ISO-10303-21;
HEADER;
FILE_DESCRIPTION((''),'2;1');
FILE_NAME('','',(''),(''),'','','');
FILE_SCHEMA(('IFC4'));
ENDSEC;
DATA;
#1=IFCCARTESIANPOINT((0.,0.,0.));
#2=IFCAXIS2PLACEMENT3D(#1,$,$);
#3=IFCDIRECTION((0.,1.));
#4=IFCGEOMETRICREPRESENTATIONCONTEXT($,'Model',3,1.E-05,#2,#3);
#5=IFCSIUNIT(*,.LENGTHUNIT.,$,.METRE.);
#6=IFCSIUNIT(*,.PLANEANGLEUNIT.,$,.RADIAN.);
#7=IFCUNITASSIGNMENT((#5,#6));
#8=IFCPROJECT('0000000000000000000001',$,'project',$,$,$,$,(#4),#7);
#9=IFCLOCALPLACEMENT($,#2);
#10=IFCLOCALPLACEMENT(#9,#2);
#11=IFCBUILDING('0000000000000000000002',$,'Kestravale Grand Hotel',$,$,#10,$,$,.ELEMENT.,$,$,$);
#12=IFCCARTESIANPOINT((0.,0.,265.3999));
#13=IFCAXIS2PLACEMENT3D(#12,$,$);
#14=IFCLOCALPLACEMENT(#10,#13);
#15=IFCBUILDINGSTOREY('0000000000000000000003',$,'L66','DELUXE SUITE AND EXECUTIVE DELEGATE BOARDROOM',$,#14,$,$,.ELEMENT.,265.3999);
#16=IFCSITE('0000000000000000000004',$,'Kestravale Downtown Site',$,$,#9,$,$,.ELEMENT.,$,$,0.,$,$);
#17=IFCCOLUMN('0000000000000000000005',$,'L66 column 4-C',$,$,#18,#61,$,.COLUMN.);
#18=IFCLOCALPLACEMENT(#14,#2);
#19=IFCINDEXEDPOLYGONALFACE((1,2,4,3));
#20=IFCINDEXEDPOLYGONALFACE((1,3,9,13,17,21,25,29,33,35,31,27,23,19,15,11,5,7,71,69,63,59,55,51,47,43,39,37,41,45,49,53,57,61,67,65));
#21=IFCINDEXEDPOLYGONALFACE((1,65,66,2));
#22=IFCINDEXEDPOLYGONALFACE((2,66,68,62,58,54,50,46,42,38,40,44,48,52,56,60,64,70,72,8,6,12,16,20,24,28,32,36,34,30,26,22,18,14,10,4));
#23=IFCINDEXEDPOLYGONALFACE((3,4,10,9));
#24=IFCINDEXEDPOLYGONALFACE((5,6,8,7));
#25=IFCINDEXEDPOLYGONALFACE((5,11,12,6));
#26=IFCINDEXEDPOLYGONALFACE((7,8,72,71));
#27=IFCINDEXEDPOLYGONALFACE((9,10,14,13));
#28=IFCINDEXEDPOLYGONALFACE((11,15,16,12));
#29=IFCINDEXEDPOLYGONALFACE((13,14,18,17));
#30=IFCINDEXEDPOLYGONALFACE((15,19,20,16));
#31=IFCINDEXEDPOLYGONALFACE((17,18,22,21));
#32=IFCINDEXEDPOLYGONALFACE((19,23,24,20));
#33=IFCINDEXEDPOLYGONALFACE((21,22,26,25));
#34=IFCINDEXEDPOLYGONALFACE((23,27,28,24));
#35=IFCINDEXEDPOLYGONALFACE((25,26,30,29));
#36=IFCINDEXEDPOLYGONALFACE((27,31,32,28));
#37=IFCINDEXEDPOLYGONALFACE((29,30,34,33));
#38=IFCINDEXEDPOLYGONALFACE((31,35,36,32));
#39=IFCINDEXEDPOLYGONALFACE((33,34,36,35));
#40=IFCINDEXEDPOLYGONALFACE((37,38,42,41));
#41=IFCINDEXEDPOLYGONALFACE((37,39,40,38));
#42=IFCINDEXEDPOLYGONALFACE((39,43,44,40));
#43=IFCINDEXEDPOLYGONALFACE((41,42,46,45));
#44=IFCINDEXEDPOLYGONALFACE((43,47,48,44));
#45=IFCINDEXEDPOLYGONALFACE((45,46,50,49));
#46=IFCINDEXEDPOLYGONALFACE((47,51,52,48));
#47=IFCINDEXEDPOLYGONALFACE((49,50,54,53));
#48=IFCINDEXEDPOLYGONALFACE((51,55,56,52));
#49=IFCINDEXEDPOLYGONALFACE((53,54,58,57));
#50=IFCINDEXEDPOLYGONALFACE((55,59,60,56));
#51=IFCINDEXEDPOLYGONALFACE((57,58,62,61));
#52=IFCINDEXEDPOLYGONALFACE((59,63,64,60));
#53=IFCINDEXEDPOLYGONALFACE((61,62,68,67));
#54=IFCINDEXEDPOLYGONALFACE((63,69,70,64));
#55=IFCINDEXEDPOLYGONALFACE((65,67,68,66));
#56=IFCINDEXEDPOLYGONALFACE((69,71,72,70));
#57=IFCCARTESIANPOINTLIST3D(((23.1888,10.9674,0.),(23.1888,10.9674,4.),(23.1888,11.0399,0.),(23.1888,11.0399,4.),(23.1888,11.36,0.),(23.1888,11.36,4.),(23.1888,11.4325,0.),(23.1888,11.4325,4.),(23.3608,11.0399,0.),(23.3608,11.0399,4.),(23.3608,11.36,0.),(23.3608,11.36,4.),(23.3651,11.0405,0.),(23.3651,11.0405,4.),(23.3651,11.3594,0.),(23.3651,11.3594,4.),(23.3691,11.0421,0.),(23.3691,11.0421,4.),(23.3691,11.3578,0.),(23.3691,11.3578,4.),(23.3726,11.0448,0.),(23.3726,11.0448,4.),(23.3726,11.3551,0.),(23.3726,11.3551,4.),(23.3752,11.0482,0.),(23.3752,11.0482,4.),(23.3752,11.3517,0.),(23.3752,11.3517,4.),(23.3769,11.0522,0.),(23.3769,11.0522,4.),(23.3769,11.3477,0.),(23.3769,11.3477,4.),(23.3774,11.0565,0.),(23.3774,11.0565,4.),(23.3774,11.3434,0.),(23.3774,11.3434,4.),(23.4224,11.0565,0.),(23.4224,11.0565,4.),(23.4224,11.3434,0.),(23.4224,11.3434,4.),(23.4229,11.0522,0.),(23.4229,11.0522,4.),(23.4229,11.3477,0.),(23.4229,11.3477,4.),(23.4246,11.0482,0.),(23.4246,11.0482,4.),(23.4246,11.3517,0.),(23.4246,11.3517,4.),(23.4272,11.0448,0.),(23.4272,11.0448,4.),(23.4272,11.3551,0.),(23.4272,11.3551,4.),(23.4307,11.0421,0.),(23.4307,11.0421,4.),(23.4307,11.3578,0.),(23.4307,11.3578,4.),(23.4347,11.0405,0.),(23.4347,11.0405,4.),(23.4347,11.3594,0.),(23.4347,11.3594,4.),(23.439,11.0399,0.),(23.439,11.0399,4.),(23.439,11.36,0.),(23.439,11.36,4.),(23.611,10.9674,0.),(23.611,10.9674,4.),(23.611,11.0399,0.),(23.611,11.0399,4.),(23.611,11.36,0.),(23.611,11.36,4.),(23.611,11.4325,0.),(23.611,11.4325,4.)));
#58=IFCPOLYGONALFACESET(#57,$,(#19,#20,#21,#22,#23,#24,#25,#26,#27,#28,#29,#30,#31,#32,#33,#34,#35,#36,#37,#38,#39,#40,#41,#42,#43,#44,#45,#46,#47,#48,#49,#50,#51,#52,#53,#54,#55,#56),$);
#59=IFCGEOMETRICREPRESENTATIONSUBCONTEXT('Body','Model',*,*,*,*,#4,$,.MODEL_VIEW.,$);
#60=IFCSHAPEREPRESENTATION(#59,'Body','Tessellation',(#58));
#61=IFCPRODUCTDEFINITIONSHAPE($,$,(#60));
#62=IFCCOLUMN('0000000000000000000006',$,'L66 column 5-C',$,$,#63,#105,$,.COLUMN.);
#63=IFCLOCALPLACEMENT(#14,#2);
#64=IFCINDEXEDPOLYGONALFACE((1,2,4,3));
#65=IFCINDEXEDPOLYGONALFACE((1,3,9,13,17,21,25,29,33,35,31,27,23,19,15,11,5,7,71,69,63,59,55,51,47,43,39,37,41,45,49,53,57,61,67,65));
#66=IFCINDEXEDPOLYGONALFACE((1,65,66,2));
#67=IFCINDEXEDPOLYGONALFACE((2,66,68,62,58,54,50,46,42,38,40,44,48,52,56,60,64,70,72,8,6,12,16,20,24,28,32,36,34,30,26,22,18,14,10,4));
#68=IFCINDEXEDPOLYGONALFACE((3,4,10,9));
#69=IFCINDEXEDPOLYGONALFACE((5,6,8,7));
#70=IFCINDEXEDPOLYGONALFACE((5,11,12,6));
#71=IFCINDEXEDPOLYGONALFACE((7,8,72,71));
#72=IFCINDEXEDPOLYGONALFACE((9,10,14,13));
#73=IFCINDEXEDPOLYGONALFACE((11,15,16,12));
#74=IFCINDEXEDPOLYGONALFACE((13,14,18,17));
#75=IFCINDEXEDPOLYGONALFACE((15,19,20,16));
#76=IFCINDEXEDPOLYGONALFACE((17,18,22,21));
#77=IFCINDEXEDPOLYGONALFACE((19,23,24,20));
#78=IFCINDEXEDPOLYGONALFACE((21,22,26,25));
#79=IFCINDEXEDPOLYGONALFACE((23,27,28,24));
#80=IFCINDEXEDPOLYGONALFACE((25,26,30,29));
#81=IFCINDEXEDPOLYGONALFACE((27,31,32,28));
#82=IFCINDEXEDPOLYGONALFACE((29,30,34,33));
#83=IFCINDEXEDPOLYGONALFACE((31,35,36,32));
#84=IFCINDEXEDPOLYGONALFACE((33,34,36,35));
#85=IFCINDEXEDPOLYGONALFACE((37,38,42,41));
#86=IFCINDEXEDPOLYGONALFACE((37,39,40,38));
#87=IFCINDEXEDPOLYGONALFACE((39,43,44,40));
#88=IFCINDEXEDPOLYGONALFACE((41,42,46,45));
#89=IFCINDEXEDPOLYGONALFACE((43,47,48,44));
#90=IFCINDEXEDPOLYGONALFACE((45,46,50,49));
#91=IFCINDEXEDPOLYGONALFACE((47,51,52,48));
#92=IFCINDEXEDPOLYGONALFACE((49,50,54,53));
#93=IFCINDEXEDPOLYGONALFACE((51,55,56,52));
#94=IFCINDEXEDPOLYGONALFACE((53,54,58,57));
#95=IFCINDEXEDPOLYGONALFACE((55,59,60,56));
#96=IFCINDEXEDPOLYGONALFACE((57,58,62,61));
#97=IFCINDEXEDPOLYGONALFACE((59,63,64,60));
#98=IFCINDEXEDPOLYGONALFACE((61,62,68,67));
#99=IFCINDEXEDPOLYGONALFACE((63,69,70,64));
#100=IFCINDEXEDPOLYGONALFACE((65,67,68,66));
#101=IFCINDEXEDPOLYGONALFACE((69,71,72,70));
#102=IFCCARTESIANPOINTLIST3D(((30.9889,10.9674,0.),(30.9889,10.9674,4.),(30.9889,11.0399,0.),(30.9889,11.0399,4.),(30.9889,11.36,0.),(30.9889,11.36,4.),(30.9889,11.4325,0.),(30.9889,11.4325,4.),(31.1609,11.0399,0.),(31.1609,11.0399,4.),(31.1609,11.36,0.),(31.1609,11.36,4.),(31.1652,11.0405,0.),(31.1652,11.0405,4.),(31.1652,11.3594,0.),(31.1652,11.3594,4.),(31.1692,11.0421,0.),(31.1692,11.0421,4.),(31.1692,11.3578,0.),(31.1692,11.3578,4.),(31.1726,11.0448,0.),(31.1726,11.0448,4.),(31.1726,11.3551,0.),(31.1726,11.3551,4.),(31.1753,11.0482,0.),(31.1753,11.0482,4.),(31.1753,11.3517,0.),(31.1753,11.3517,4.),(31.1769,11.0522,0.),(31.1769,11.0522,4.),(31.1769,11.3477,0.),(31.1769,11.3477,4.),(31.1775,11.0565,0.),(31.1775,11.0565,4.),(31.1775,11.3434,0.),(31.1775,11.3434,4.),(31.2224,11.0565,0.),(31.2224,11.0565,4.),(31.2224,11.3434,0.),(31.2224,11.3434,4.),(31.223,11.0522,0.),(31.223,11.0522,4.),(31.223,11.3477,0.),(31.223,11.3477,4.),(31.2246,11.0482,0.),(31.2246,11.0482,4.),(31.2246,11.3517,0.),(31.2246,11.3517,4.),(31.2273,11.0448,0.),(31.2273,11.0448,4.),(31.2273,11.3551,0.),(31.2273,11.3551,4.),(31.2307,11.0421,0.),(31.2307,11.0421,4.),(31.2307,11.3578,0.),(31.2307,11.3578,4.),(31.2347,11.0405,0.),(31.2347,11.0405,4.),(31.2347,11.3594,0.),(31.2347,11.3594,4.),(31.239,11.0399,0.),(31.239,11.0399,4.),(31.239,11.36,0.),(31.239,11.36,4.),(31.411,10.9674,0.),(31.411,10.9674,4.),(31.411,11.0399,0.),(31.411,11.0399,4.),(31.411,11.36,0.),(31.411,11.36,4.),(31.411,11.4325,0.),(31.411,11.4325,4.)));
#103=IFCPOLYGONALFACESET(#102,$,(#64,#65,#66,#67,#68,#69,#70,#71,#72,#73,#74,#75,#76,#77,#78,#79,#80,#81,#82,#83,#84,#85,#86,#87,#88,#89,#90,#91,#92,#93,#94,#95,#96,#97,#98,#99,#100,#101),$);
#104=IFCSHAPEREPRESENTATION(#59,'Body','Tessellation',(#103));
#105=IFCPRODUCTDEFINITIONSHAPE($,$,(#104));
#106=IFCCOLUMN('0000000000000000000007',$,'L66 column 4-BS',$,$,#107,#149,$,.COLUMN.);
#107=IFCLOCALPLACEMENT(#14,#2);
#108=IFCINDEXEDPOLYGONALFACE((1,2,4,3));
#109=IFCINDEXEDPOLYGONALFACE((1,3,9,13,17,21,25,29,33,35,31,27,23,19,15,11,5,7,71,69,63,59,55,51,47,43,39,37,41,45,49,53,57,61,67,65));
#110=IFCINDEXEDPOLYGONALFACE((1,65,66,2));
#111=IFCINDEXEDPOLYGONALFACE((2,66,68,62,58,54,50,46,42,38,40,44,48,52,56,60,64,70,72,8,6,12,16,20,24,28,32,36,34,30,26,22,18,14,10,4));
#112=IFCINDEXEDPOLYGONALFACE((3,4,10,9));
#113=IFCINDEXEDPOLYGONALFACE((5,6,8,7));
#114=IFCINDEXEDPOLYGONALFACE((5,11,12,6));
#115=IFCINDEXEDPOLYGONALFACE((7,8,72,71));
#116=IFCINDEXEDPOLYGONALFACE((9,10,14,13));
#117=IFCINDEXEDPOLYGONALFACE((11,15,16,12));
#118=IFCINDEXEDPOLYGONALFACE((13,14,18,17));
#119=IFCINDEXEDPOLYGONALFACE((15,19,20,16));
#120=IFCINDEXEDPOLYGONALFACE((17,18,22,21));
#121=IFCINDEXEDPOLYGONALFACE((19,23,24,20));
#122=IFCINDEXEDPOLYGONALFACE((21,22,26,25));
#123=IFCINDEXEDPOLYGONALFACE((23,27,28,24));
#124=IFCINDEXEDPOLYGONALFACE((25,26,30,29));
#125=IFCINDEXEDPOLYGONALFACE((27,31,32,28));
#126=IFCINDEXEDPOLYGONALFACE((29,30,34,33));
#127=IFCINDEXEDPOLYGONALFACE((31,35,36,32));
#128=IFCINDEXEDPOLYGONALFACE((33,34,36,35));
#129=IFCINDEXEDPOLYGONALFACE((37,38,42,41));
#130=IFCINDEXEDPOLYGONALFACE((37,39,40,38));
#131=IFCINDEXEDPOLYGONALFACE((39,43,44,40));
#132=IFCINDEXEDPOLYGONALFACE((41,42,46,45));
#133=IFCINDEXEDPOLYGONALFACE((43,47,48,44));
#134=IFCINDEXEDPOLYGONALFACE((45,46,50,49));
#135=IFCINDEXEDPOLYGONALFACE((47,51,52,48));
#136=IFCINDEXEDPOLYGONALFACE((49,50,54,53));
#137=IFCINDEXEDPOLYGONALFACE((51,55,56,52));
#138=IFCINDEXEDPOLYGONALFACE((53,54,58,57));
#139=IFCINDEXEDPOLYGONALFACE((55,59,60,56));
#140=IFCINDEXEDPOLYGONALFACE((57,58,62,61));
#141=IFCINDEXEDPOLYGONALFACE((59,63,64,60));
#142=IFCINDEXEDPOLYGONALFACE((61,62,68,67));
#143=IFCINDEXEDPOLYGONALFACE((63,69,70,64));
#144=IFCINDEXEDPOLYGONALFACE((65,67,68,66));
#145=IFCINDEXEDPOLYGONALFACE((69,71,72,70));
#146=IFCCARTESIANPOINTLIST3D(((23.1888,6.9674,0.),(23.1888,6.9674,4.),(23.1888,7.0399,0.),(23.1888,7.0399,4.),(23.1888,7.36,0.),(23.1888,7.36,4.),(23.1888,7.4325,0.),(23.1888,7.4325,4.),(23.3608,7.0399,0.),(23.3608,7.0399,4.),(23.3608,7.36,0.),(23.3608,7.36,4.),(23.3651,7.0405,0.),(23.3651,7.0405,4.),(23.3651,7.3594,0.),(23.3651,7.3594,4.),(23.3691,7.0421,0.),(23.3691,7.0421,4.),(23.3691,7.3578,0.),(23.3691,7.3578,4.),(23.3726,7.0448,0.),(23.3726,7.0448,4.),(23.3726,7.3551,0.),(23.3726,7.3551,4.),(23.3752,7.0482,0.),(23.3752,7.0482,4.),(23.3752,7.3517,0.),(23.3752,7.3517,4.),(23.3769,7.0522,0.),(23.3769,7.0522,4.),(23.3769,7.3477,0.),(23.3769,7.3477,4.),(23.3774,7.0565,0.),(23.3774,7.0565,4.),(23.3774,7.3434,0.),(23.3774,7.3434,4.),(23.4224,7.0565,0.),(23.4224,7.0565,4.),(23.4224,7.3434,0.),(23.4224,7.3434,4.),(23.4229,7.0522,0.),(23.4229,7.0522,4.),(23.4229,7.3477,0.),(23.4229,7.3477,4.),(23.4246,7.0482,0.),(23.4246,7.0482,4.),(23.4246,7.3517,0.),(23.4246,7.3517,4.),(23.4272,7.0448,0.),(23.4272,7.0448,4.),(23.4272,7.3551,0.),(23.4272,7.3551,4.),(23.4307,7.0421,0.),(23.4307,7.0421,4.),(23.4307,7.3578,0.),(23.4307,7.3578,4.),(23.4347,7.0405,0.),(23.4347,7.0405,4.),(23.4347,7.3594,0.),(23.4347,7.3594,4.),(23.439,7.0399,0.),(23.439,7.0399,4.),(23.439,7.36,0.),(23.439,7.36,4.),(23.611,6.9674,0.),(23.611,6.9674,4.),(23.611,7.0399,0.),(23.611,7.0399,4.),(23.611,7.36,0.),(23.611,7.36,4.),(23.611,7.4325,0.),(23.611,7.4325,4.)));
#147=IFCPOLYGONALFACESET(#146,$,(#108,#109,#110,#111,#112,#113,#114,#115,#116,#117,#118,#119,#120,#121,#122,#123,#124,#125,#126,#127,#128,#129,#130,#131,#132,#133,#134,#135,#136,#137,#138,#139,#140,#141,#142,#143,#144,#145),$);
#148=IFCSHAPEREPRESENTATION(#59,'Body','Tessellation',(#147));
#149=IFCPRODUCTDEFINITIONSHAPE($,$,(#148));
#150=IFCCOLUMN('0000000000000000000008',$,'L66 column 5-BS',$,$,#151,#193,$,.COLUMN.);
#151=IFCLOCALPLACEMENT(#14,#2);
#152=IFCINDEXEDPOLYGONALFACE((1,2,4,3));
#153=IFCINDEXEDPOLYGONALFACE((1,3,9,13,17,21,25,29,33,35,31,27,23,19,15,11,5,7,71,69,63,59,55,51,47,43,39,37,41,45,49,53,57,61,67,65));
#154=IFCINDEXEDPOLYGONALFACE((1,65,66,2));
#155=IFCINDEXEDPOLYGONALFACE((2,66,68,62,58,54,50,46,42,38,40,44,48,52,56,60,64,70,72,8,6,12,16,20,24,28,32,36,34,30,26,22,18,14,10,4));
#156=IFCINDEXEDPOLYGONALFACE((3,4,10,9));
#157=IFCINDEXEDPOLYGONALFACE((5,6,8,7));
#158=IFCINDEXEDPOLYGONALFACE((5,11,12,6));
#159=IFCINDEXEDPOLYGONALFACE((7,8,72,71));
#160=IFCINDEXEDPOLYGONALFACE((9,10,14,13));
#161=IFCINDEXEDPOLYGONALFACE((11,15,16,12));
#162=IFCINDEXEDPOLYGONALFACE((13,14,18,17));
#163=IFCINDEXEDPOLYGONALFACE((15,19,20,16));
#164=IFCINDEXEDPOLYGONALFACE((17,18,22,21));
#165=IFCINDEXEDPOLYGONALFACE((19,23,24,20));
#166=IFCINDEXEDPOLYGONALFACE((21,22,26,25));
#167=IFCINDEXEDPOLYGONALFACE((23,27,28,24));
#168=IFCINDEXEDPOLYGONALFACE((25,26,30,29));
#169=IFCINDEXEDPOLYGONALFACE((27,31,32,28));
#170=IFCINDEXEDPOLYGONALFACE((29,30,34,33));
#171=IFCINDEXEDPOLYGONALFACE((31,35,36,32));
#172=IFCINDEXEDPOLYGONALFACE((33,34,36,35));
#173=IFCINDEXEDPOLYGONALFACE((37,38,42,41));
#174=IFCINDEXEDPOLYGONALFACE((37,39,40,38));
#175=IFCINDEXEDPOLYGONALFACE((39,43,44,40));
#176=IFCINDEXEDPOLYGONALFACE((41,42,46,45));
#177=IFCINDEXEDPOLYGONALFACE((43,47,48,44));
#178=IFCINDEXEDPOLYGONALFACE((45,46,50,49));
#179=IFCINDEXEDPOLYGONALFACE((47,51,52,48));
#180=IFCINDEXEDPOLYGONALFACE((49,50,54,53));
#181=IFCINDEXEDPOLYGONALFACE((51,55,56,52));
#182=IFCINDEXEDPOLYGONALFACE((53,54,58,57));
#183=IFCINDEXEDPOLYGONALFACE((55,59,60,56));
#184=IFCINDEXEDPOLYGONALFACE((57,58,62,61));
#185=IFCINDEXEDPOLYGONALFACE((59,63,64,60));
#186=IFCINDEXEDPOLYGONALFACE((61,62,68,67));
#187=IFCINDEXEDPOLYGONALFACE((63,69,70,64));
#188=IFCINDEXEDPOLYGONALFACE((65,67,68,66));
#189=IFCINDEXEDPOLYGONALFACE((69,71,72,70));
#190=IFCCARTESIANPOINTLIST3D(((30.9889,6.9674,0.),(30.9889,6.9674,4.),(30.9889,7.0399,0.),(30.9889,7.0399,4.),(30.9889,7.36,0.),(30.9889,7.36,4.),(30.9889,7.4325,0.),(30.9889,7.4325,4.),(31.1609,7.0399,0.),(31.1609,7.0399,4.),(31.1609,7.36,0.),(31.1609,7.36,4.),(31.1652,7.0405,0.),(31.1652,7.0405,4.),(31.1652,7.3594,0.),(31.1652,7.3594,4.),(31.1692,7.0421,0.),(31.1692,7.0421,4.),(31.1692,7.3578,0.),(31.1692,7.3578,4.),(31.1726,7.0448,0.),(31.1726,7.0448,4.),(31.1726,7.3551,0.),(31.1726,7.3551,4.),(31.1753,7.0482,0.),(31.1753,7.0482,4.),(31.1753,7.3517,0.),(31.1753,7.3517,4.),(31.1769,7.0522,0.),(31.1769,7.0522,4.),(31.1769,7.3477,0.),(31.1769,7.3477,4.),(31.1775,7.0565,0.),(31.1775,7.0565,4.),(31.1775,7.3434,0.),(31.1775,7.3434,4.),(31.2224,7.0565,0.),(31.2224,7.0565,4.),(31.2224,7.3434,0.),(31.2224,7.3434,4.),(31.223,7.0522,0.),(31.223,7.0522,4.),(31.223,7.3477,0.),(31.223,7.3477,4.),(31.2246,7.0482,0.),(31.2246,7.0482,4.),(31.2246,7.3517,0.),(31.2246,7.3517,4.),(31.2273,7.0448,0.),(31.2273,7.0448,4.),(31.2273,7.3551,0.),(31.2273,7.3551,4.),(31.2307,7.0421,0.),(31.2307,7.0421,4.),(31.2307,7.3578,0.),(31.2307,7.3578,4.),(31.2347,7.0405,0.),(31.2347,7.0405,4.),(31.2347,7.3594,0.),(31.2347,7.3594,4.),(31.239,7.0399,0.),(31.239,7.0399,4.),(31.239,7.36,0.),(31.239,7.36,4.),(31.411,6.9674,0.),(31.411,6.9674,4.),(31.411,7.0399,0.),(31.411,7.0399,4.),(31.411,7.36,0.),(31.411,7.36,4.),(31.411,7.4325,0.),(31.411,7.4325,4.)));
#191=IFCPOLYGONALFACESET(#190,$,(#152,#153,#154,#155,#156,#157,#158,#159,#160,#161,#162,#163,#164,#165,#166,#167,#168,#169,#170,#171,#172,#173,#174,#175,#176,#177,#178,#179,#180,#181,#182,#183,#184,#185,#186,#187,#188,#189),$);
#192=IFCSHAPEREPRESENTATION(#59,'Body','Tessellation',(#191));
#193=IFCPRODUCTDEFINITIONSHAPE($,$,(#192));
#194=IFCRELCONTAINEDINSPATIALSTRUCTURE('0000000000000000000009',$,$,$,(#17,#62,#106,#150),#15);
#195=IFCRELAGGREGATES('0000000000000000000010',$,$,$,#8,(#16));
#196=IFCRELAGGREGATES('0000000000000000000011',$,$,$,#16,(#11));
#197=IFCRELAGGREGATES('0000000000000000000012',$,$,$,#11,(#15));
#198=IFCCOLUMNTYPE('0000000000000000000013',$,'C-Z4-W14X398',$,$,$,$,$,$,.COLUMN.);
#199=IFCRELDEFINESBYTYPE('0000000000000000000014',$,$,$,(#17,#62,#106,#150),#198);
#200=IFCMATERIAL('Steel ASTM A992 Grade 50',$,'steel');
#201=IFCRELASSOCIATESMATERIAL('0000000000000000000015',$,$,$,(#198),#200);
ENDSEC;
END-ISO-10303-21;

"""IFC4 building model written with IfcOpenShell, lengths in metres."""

from ifc_helpers import new_model, si_unit, direction, frame, origin, origin_2d, place, context, subcontext, project, spatial, i_section, extrude, material, material_profile, profile_set, type_object, element, save


model = new_model("IFC4")

# Units and contexts
model_context = context("Model", 3, precision=1e-05, world=origin(), true_north=direction((0.0, 1.0)))
body_context = subcontext(model_context, "Body", "Model", "MODEL_VIEW")
ifc_project = project(units=[si_unit("LENGTHUNIT", "METRE"), si_unit("PLANEANGLEUNIT", "RADIAN")], contexts=[model_context])

# Site, building, storey
site_placement = place(None, origin())
site = spatial("IfcSite", under=ifc_project, at=site_placement, Name="Kestravale Downtown Site", CompositionType="ELEMENT", RefElevation=0.0)
building_placement = place(site_placement, origin())
building = spatial("IfcBuilding", under=site, at=building_placement, Name="Kestravale Grand Hotel", CompositionType="ELEMENT")
storey_placement = place(building_placement, frame((0.0, 0.0, 265.3999)))
storey = spatial("IfcBuildingStorey", under=building, at=storey_placement, Name="L66", Description="DELUXE SUITE AND EXECUTIVE DELEGATE BOARDROOM", CompositionType="ELEMENT", Elevation=265.3999)

# Columns
ifc_material_1 = material(Name="Steel ASTM A992 Grade 50", Category="steel")
ifc_material_profile_1 = material_profile(ifc_material_1, i_section(OverallWidth=0.4221, OverallDepth=0.4651, WebThickness=0.0449, FlangeThickness=0.0725, FilletRadius=0.0166, at=origin_2d()))
ifc_profile_set_1 = profile_set([ifc_material_profile_1], Name="Steel ASTM A992 Grade 50")
column_type = type_object("IfcColumnType", Name="C-Z4-W14X398", PredefinedType="COLUMN", material=ifc_profile_set_1)
for number, where, z_axis, x_axis, name in (
    (1, (23.3999, 11.2, 0.0), (0.0, 0.0, 1.0), (1.0, 0.0, 0.0), "L66 column 4-C"),
    (2, (31.2, 11.2, 0.0), (0.0, 0.0, 1.0), (1.0, 0.0, 0.0), "L66 column 5-C"),
    (3, (23.3999, 7.2, 0.0), (0.0, 0.0, 1.0), (1.0, 0.0, 0.0), "L66 column 4-BS"),
    (4, (31.2, 7.2, 0.0), (0.0, 0.0, 1.0), (1.0, 0.0, 0.0), "L66 column 5-BS"),
):
    element("IfcColumn", number, at=place(storey_placement, frame(where, z_axis=z_axis, x_axis=x_axis)), inside=storey, type_object=column_type, Name=name, PredefinedType="COLUMN", context=body_context, shape_type="SweptSolid", body=[
        extrude(i_section(OverallWidth=0.4221, OverallDepth=0.4651, WebThickness=0.0449, FlangeThickness=0.0725, FilletRadius=0.0166, at=origin_2d()), origin(), (0.0, 0.0, 1.0), 4.0),
    ])

save(model, "model.ifc")
